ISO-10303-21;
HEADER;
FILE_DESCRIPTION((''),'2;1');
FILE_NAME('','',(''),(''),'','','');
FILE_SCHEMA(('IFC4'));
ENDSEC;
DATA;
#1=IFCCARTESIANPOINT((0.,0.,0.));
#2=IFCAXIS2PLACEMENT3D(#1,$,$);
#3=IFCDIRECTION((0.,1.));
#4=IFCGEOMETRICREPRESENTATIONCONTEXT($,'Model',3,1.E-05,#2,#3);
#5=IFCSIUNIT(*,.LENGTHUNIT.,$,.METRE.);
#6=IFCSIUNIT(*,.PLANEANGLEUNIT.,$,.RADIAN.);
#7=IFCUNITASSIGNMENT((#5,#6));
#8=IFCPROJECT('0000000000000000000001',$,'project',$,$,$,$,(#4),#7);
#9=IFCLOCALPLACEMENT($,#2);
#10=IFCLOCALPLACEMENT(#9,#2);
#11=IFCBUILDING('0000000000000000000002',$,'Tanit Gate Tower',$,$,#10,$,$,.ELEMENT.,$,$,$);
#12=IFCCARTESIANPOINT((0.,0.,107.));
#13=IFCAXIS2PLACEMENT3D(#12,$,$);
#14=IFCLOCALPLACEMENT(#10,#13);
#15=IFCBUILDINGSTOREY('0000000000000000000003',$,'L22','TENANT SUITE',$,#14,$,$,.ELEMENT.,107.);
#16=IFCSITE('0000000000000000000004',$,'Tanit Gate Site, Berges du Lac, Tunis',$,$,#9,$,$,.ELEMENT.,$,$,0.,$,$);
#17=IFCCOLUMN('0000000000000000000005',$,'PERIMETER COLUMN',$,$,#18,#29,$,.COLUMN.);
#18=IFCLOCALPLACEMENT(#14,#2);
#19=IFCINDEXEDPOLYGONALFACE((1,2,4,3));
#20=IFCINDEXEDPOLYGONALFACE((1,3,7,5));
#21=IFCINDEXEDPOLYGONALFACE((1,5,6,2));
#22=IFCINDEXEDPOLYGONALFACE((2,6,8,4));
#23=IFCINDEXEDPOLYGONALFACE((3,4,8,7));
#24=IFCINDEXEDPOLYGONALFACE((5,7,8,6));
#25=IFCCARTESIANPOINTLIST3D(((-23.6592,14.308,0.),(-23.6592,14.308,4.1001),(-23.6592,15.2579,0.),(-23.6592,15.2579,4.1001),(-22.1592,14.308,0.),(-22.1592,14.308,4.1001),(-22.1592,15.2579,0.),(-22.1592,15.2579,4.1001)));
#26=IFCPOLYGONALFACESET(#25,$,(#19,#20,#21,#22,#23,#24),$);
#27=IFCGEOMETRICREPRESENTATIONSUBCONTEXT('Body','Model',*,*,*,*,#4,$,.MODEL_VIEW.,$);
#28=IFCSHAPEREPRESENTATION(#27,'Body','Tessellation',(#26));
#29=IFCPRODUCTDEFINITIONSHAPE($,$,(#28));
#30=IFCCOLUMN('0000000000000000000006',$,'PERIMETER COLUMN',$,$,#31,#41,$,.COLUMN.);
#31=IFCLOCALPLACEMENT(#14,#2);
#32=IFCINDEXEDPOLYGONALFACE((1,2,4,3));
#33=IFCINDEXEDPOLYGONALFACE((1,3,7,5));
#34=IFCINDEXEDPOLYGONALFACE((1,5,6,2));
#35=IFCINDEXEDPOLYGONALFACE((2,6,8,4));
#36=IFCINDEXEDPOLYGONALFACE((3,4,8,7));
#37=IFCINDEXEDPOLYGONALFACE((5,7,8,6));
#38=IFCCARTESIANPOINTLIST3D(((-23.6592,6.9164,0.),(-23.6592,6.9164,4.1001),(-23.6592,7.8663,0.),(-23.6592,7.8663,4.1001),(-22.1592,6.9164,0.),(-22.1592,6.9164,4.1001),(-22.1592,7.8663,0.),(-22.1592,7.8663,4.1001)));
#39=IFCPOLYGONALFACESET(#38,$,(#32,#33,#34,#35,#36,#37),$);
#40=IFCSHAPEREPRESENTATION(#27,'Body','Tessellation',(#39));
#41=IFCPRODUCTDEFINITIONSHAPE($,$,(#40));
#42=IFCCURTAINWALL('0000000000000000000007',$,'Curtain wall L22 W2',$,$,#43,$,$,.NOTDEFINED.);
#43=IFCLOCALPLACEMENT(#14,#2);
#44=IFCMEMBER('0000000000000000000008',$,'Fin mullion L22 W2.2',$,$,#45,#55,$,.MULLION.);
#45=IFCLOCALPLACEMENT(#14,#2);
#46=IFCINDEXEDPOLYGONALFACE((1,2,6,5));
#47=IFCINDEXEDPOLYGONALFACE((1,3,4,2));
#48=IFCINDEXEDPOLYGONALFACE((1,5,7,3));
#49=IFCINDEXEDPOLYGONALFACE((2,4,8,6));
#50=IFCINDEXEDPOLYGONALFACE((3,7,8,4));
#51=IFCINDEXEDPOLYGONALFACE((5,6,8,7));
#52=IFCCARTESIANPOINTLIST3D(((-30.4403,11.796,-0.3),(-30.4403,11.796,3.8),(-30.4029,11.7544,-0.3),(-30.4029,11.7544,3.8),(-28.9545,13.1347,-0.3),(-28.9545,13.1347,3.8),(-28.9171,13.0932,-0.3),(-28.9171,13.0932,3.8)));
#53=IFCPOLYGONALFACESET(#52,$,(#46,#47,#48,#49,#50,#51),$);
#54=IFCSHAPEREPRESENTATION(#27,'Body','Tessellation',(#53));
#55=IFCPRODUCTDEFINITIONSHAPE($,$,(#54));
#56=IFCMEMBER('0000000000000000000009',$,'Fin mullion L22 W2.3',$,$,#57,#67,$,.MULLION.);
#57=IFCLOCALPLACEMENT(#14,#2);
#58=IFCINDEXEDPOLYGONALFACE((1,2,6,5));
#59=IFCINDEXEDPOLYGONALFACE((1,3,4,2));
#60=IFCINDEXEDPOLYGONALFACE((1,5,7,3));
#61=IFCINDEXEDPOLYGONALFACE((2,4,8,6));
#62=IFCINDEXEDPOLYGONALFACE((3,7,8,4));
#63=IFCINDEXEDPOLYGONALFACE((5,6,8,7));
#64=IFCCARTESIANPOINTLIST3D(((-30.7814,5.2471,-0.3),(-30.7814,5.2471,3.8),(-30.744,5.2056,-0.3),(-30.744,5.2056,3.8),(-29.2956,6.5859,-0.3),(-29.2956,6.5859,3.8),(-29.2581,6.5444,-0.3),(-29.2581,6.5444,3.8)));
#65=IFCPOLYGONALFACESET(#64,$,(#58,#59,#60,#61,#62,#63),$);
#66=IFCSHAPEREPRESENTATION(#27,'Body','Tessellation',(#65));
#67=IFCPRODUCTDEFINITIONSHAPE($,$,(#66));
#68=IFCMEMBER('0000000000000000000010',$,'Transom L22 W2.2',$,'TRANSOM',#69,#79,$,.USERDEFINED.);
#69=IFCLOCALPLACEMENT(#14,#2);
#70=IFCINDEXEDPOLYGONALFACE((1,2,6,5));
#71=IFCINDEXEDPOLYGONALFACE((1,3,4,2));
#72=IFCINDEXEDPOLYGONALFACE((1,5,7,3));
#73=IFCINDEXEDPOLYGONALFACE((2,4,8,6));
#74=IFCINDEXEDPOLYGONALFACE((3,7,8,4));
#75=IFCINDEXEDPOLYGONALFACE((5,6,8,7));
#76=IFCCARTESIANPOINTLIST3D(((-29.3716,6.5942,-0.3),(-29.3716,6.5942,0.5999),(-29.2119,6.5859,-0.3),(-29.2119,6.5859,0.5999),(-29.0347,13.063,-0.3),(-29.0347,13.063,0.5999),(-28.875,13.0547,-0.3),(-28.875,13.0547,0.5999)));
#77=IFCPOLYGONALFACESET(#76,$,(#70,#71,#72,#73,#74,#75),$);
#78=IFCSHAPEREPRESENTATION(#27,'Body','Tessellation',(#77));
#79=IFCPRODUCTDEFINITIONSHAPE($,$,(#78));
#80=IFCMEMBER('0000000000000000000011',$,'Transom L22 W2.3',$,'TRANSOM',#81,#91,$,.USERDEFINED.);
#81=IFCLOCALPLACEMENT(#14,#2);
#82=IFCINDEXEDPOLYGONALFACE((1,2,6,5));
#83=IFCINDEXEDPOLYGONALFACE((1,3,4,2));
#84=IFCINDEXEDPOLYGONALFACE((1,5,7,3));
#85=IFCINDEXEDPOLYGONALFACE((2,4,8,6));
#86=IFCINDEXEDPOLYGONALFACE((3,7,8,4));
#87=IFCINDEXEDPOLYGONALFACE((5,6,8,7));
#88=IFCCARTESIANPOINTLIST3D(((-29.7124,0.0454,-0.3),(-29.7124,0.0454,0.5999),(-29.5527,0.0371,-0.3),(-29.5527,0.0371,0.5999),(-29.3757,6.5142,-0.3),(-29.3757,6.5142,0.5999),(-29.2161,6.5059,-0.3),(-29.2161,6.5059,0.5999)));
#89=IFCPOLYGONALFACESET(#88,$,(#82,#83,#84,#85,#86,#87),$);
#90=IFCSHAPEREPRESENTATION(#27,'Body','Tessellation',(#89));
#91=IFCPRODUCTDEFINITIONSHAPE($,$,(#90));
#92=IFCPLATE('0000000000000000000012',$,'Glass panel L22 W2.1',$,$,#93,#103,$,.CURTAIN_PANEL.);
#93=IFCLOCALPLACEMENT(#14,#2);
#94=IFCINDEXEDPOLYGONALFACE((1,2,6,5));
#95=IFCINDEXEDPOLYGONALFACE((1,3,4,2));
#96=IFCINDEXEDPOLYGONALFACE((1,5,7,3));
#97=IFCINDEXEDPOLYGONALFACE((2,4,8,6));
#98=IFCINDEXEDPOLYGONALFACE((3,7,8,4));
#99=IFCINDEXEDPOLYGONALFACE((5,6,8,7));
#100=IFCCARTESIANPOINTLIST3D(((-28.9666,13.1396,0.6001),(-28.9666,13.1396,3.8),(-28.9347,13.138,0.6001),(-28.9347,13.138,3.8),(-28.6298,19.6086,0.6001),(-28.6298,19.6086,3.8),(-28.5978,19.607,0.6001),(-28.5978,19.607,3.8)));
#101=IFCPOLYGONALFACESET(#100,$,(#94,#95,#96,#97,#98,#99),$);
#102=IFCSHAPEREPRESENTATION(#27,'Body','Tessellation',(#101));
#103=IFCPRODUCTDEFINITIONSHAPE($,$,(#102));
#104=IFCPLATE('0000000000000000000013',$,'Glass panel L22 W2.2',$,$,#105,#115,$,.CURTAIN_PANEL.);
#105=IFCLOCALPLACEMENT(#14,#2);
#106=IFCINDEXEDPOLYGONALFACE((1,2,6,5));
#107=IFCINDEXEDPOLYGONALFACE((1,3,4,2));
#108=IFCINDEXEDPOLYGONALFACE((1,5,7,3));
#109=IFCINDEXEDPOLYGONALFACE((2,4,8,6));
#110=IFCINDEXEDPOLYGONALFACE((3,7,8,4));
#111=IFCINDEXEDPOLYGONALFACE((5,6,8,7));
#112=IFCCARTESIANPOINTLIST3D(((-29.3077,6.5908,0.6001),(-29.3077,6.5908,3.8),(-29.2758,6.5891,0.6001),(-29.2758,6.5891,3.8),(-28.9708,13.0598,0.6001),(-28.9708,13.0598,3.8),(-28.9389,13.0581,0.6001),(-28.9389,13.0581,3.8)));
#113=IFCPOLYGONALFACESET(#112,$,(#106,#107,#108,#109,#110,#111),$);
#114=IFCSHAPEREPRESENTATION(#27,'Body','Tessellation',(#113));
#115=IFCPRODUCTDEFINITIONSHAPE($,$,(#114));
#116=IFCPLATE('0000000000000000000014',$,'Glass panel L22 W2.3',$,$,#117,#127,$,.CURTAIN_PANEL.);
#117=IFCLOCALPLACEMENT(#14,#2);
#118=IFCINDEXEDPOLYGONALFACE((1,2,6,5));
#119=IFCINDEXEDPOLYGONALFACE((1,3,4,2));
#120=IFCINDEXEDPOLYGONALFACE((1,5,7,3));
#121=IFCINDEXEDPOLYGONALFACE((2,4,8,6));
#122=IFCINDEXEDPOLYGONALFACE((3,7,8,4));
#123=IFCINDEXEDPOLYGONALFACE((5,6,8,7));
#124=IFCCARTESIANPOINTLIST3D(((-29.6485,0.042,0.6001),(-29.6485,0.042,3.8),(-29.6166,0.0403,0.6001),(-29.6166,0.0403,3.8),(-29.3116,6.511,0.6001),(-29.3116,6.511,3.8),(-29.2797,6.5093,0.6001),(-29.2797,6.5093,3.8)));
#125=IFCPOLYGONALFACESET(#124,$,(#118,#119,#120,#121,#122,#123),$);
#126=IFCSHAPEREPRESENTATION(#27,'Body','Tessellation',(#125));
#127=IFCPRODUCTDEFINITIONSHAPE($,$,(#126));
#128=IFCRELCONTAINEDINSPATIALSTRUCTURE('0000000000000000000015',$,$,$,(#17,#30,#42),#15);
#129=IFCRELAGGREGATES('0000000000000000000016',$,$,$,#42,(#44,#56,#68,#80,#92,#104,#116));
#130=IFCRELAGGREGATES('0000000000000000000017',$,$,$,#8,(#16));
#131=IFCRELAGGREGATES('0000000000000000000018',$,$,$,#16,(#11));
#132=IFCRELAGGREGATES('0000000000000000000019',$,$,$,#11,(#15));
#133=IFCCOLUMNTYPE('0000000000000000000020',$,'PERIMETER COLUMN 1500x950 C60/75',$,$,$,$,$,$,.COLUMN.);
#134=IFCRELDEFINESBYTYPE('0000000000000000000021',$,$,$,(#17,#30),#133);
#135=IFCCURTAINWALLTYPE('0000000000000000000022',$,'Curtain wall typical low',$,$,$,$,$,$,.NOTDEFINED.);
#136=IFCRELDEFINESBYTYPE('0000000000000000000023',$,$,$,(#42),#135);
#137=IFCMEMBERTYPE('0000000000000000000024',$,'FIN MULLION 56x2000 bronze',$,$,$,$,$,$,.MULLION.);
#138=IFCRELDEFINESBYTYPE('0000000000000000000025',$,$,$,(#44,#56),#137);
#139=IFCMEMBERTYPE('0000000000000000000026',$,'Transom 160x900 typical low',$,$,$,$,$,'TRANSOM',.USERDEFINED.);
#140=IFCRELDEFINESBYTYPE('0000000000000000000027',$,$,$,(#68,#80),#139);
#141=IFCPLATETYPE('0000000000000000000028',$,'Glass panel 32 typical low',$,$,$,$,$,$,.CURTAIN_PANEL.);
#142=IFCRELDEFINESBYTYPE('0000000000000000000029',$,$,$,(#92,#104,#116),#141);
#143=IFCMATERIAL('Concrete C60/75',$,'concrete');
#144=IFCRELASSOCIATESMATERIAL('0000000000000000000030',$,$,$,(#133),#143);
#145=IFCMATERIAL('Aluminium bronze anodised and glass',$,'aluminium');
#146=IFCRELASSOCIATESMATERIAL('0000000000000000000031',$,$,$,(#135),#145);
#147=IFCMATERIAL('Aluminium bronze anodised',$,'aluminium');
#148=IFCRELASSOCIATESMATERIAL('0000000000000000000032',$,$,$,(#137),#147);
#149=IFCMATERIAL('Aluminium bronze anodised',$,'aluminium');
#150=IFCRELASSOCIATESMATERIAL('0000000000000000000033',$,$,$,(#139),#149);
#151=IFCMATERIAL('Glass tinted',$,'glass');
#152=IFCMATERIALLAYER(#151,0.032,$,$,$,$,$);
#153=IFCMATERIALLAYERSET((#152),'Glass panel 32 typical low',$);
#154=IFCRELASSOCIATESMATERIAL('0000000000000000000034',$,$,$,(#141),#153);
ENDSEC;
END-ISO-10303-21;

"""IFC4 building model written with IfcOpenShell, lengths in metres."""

from ifc_helpers import new_model, si_unit, direction, frame, origin, origin_2d, place, context, subcontext, project, spatial, rectangle, extrude, material, layer, layer_set, material_profile, profile_set, type_object, element, aggregate, save


model = new_model("IFC4")

# Units and contexts
model_context = context("Model", 3, precision=1e-05, world=origin(), true_north=direction((0.0, 1.0)))
body_context = subcontext(model_context, "Body", "Model", "MODEL_VIEW")
ifc_project = project(units=[si_unit("LENGTHUNIT", "METRE"), si_unit("PLANEANGLEUNIT", "RADIAN")], contexts=[model_context])

# Site, building, storey
site_placement = place(None, origin())
site = spatial("IfcSite", under=ifc_project, at=site_placement, Name="Tanit Gate Site, Berges du Lac, Tunis", CompositionType="ELEMENT", RefElevation=0.0)
building_placement = place(site_placement, origin())
building = spatial("IfcBuilding", under=site, at=building_placement, Name="Tanit Gate Tower", CompositionType="ELEMENT")
storey_placement = place(building_placement, frame((0.0, 0.0, 107.0)))
storey = spatial("IfcBuildingStorey", under=building, at=storey_placement, Name="L22", Description="TENANT SUITE", CompositionType="ELEMENT", Elevation=107.0)

# Columns
ifc_material_1 = material(Name="Concrete C60/75", Category="concrete")
ifc_material_profile_1 = material_profile(ifc_material_1, rectangle(XDim=1.5, YDim=0.95, at=origin_2d()), Name="RC 1500x950")
ifc_profile_set_1 = profile_set([ifc_material_profile_1], Name="Concrete C60/75")
column_type = type_object("IfcColumnType", Name="PERIMETER COLUMN 1500x950 C60/75", PredefinedType="COLUMN", material=ifc_profile_set_1)
for number, where, z_axis, x_axis, name in (
    (1, (-22.9092, 14.783, 0.0), (0.0, 0.0, 1.0), (-1.0, 0.0, 0.0), "PERIMETER COLUMN"),
    (2, (-22.9092, 7.3914, 0.0), (0.0, 0.0, 1.0), (-1.0, 0.0, 0.0), "PERIMETER COLUMN"),
):
    element("IfcColumn", number, at=place(storey_placement, frame(where, z_axis=z_axis, x_axis=x_axis)), inside=storey, type_object=column_type, Name=name, PredefinedType="COLUMN", context=body_context, shape_type="SweptSolid", body=[
        extrude(rectangle(XDim=1.5, YDim=0.95, at=origin_2d()), origin(), (0.0, 0.0, 1.0), 4.1001),
    ])

# Curtain wall, members, plates
ifc_material_2 = material(Name="Aluminium bronze anodised and glass", Category="aluminium")
curtain_wall_type = type_object("IfcCurtainWallType", Name="Curtain wall typical low", PredefinedType="NOTDEFINED", material=ifc_material_2)
curtain_wall_placement = place(storey_placement, origin())
curtain_wall = element("IfcCurtainWall", 3, at=curtain_wall_placement, inside=storey, type_object=curtain_wall_type, Name="Curtain wall L22 W2", PredefinedType="NOTDEFINED")
ifc_material_3 = material(Name="Aluminium bronze anodised", Category="aluminium")
ifc_material_profile_2 = material_profile(ifc_material_3, rectangle(XDim=2.0, YDim=0.0559, at=origin_2d()), Name="56x2000 bronze fin mullion")
ifc_profile_set_2 = profile_set([ifc_material_profile_2], Name="Aluminium bronze anodised")
member_type_1 = type_object("IfcMemberType", Name="FIN MULLION 56x2000 bronze", PredefinedType="MULLION", material=ifc_profile_set_2)
member_1_placement = place(storey_placement, frame((-29.6787, 12.4446, -0.3), z_axis=(0.0, 0.0, 1.0), x_axis=(0.742922, 0.669378, 0.0)))
member_1 = element("IfcMember", 4, at=member_1_placement, type_object=member_type_1, Name="Fin mullion L22 W2.2", PredefinedType="MULLION", context=body_context, shape_type="SweptSolid", body=[
    extrude(rectangle(XDim=2.0, YDim=0.0559, at=origin_2d()), origin(), (0.0, 0.0, 1.0), 4.1001),
])
member_2_placement = place(storey_placement, frame((-30.0198, 5.8958, -0.3), z_axis=(0.0, 0.0, 1.0), x_axis=(0.742922, 0.669378, 0.0)))
member_2 = element("IfcMember", 5, at=member_2_placement, type_object=member_type_1, Name="Fin mullion L22 W2.3", PredefinedType="MULLION", context=body_context, shape_type="SweptSolid", body=[
    extrude(rectangle(XDim=2.0, YDim=0.0559, at=origin_2d()), origin(), (0.0, 0.0, 1.0), 4.1001),
])
ifc_material_4 = material(Name="Aluminium bronze anodised", Category="aluminium")
ifc_material_profile_3 = material_profile(ifc_material_4, rectangle(XDim=0.1599, YDim=0.8999, at=origin_2d()), Name="160x900 bronze transom")
ifc_profile_set_3 = profile_set([ifc_material_profile_3], Name="Aluminium bronze anodised")
member_type_2 = type_object("IfcMemberType", Name="Transom 160x900 typical low", ElementType="TRANSOM", PredefinedType="USERDEFINED", material=ifc_profile_set_3)
member_3_placement = place(storey_placement, frame((-28.9548, 13.0588, 0.1499), z_axis=(-0.052013, -0.998646, 0.0), x_axis=(0.998646, -0.052013, 0.0)))
member_3 = element("IfcMember", 6, at=member_3_placement, type_object=member_type_2, Name="Transom L22 W2.2", ObjectType="TRANSOM", PredefinedType="USERDEFINED", context=body_context, shape_type="SweptSolid", body=[
    extrude(rectangle(XDim=0.1599, YDim=0.8999, at=origin_2d()), origin(), (0.0, 0.0, 1.0), 6.4775),
])
member_4_placement = place(storey_placement, frame((-29.2959, 6.51, 0.1499), z_axis=(-0.051975, -0.998648, 0.0), x_axis=(0.998648, -0.051975, 0.0)))
member_4 = element("IfcMember", 7, at=member_4_placement, type_object=member_type_2, Name="Transom L22 W2.3", ObjectType="TRANSOM", PredefinedType="USERDEFINED", context=body_context, shape_type="SweptSolid", body=[
    extrude(rectangle(XDim=0.1599, YDim=0.8999, at=origin_2d()), origin(), (0.0, 0.0, 1.0), 6.4775),
])
ifc_material_5 = material(Name="Glass tinted", Category="glass")
ifc_layer = layer(ifc_material_5, 0.032)
ifc_layer_set = layer_set([ifc_layer], Name="Glass panel 32 typical low")
plate_type = type_object("IfcPlateType", Name="Glass panel 32 typical low", PredefinedType="CURTAIN_PANEL", material=ifc_layer_set)
plate_1_placement = place(storey_placement, frame((-28.7822, 16.3733, 0.6001), z_axis=(0.0, 0.0, 1.0), x_axis=(-0.052003, -0.998647, 0.0)))
plate_1 = element("IfcPlate", 8, at=plate_1_placement, type_object=plate_type, Name="Glass panel L22 W2.1", PredefinedType="CURTAIN_PANEL", context=body_context, shape_type="SweptSolid", body=[
    extrude(rectangle(XDim=6.4778, YDim=0.032, at=origin_2d()), origin(), (0.0, 0.0, 1.0), 3.2),
])
plate_2_placement = place(storey_placement, frame((-29.1233, 9.8245, 0.6001), z_axis=(0.0, 0.0, 1.0), x_axis=(-0.052003, -0.998647, 0.0)))
plate_2 = element("IfcPlate", 9, at=plate_2_placement, type_object=plate_type, Name="Glass panel L22 W2.2", PredefinedType="CURTAIN_PANEL", context=body_context, shape_type="SweptSolid", body=[
    extrude(rectangle(XDim=6.4778, YDim=0.032, at=origin_2d()), origin(), (0.0, 0.0, 1.0), 3.2),
])
plate_3_placement = place(storey_placement, frame((-29.4641, 3.2756, 0.6001), z_axis=(0.0, 0.0, 1.0), x_axis=(-0.052003, -0.998647, 0.0)))
plate_3 = element("IfcPlate", 10, at=plate_3_placement, type_object=plate_type, Name="Glass panel L22 W2.3", PredefinedType="CURTAIN_PANEL", context=body_context, shape_type="SweptSolid", body=[
    extrude(rectangle(XDim=6.4778, YDim=0.032, at=origin_2d()), origin(), (0.0, 0.0, 1.0), 3.2),
])
aggregate(curtain_wall, [member_1, member_2, member_3, member_4, plate_1, plate_2, plate_3])

save(model, "model.ifc")
